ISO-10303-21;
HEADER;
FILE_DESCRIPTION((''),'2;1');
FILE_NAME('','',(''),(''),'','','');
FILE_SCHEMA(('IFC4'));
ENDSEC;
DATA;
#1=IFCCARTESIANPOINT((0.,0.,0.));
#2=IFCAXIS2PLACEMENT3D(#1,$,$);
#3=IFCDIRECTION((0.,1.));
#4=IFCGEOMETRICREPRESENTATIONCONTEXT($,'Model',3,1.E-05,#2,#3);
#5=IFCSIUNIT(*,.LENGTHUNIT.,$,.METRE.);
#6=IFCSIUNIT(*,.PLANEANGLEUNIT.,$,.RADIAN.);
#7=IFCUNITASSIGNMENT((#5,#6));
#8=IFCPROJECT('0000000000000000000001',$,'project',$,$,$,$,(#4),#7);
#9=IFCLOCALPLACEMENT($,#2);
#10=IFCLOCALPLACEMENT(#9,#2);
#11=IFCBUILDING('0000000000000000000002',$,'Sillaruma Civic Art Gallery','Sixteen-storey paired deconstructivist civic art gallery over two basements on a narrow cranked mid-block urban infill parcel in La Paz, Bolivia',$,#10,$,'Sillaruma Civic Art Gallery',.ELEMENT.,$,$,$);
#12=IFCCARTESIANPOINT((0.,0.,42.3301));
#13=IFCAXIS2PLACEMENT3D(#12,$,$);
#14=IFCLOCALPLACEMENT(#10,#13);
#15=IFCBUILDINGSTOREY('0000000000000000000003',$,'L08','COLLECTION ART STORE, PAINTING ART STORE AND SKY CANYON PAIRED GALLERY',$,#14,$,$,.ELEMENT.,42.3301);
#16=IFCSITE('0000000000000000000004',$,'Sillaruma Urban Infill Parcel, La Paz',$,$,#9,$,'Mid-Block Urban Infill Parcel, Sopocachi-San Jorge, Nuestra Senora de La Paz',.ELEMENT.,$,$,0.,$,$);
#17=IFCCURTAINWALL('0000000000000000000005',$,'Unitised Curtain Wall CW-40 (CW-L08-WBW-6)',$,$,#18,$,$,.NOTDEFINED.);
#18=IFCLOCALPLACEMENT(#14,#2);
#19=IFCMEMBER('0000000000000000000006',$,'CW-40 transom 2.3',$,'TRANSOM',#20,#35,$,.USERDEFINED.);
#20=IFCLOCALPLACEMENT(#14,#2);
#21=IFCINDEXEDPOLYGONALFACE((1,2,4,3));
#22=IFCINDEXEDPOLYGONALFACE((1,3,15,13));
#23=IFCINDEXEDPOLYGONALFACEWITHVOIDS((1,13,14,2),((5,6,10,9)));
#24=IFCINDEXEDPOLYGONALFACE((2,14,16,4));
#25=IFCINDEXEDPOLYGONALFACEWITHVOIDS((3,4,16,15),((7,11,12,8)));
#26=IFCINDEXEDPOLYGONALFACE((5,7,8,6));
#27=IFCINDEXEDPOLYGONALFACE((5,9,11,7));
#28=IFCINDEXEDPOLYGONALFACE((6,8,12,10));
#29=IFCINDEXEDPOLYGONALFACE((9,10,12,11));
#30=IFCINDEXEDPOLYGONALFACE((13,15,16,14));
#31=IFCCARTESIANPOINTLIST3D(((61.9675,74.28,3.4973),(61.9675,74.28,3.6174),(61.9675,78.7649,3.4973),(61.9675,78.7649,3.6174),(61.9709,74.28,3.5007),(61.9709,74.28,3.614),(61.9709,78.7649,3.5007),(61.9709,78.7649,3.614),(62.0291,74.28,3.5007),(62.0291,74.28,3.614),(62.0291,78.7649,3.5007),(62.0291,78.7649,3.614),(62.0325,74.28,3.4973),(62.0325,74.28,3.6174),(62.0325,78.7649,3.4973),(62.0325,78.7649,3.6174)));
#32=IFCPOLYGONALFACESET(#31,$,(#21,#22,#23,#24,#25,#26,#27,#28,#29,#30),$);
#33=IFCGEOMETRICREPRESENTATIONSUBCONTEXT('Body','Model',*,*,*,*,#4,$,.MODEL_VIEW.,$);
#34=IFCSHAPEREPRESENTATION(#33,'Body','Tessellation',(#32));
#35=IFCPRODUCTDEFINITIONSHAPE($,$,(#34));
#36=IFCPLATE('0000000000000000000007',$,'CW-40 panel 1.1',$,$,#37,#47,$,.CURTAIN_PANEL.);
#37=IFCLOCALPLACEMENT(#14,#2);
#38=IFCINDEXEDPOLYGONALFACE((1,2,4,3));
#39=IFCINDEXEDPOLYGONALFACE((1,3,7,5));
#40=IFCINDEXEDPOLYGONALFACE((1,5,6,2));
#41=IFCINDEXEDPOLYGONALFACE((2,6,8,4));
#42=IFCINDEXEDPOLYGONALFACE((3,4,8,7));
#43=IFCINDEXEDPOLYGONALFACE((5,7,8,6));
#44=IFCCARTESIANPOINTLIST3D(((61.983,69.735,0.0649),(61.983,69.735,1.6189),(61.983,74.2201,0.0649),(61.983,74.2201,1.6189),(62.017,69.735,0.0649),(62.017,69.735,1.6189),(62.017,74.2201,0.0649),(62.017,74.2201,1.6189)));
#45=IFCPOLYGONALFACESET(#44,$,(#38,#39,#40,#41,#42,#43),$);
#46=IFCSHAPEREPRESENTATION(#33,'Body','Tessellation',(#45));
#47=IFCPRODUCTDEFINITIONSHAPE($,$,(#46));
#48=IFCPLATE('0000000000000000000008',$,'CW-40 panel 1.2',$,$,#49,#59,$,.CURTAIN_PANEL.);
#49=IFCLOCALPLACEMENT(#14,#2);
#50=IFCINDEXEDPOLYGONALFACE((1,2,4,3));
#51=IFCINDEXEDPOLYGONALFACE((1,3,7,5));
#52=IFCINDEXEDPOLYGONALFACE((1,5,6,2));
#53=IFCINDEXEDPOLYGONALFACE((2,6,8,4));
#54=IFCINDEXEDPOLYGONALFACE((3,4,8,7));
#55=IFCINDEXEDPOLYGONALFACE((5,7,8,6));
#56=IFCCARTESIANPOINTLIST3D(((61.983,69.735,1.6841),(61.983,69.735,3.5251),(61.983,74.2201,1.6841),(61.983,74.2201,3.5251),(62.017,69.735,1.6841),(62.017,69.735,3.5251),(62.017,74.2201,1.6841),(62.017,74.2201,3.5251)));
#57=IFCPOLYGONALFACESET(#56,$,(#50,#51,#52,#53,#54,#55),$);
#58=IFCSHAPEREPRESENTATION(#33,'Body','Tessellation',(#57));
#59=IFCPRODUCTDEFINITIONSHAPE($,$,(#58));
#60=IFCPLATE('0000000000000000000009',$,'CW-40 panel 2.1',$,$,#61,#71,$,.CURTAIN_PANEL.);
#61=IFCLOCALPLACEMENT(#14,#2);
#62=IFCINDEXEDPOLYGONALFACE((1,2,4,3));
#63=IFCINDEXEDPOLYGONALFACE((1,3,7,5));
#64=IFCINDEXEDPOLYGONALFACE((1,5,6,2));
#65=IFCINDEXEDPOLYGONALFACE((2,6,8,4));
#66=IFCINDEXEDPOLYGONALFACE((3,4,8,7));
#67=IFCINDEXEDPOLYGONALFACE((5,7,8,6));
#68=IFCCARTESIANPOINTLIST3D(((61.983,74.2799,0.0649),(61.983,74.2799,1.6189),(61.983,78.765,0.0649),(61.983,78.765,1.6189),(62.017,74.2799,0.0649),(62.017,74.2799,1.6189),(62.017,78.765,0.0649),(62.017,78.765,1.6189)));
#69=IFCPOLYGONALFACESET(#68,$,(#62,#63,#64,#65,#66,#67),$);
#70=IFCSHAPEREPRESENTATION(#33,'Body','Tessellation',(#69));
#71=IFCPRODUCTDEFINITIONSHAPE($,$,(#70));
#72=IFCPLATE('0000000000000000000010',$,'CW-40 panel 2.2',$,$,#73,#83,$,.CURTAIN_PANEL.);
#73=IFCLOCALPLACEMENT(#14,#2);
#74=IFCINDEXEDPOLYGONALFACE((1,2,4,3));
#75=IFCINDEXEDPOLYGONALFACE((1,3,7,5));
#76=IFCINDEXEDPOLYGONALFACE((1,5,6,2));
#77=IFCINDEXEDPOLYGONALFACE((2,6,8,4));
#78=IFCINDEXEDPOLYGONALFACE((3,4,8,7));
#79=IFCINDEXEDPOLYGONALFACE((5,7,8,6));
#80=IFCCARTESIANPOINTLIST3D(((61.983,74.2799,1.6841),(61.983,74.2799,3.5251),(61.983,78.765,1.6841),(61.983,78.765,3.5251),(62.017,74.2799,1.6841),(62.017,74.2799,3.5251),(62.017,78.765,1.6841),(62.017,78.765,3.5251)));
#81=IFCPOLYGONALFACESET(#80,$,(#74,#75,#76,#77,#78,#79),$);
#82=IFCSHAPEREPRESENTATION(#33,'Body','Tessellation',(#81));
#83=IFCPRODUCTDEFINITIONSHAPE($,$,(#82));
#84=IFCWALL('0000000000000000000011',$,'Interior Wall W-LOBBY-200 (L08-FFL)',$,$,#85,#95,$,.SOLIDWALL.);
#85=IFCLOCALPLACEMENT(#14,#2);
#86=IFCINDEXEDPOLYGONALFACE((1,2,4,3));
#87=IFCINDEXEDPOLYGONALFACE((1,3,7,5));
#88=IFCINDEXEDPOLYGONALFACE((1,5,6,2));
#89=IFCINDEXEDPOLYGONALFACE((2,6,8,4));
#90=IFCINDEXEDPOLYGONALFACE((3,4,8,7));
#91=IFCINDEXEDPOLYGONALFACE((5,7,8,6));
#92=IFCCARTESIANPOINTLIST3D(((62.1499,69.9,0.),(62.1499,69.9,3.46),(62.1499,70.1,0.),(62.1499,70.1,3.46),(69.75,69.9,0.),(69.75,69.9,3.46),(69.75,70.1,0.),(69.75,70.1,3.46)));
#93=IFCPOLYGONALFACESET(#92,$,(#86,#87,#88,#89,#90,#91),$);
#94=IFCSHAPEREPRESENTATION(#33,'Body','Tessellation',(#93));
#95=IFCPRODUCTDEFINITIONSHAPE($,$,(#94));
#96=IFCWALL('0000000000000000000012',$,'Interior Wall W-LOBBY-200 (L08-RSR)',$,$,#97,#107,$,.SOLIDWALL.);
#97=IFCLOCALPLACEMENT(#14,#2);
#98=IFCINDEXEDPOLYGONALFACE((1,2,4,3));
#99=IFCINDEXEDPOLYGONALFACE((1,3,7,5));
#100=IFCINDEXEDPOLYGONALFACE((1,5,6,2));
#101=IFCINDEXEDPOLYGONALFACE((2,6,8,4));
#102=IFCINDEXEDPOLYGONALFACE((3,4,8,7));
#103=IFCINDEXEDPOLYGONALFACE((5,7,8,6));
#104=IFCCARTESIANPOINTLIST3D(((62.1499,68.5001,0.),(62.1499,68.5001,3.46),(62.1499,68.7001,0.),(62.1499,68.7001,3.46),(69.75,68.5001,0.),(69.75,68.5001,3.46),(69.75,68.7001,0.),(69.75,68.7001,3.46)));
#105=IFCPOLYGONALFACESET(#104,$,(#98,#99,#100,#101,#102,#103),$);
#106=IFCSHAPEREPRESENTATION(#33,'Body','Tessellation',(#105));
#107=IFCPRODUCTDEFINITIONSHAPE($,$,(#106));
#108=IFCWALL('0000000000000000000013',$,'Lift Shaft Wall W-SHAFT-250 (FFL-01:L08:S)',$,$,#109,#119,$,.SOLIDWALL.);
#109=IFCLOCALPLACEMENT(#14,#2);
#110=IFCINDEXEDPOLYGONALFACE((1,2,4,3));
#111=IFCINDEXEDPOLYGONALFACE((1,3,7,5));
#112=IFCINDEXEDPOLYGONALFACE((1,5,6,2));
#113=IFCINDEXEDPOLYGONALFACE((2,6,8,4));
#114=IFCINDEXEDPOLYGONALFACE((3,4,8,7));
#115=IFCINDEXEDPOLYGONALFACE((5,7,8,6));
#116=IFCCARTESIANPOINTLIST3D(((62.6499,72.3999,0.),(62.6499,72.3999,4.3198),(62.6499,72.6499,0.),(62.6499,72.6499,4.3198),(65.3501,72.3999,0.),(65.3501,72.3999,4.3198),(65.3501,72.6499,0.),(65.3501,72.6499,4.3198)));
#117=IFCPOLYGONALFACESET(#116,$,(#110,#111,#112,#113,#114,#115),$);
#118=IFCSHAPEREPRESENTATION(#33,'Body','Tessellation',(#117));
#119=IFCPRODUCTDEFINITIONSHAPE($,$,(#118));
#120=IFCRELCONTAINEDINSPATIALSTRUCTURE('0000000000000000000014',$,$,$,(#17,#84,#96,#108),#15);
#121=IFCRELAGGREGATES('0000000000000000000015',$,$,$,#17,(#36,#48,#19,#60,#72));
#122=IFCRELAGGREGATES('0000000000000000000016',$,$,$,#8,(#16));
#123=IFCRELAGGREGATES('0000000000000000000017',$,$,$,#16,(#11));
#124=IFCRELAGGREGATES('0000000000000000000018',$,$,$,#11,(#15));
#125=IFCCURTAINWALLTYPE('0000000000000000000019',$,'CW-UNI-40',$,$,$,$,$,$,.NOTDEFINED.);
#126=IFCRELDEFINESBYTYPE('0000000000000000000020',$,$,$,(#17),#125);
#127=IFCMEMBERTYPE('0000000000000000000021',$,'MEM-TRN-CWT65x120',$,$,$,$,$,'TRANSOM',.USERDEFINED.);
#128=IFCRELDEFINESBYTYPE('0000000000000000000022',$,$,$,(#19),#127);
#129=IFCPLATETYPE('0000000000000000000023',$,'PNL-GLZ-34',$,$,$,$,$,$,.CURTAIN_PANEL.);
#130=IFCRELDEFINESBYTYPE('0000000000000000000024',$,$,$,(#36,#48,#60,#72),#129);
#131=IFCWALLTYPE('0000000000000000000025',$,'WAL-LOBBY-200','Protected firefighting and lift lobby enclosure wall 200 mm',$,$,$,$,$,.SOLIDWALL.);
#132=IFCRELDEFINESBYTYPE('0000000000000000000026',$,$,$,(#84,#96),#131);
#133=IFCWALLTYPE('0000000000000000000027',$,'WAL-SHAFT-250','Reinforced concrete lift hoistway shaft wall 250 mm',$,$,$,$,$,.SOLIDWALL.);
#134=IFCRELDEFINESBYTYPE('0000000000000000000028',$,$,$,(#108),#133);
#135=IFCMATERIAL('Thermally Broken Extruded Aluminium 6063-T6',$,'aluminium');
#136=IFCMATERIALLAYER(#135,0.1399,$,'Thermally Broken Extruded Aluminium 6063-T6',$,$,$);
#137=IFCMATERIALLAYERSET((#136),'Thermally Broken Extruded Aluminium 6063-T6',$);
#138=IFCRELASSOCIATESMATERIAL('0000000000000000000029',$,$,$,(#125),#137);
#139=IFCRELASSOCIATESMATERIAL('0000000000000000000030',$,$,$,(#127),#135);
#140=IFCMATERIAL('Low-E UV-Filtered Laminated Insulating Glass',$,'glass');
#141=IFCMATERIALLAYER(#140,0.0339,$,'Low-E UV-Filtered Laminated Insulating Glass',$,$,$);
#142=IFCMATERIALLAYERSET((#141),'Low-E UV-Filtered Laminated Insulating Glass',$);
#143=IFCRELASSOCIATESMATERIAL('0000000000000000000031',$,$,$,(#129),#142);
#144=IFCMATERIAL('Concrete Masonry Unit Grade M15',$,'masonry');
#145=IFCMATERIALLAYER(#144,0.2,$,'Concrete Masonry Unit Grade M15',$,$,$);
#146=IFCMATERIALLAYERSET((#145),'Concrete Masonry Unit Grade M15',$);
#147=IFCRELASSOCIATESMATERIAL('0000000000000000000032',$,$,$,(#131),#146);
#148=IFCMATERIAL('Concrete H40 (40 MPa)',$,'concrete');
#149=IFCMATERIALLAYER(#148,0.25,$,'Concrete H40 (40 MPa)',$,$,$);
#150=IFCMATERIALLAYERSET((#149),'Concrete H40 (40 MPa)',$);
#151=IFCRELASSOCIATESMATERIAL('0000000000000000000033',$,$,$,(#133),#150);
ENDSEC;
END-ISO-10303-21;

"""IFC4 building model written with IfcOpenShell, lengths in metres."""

from ifc_helpers import new_model, si_unit, direction, frame, frame_2d, origin, origin_2d, place, context, subcontext, project, spatial, rectangle, hollow_rectangle, extrude, material, layer, layer_set, material_profile, profile_set, type_object, element, aggregate, save


model = new_model("IFC4")

# Units and contexts
model_context = context("Model", 3, precision=1e-05, world=origin(), true_north=direction((0.0, 1.0)))
body_context = subcontext(model_context, "Body", "Model", "MODEL_VIEW")
ifc_project = project(units=[si_unit("LENGTHUNIT", "METRE"), si_unit("PLANEANGLEUNIT", "RADIAN")], contexts=[model_context])

# Site, building, storey
site_placement = place(None, origin())
site = spatial("IfcSite", under=ifc_project, at=site_placement, Name="Sillaruma Urban Infill Parcel, La Paz", LongName="Mid-Block Urban Infill Parcel, Sopocachi-San Jorge, Nuestra Senora de La Paz", CompositionType="ELEMENT", RefElevation=0.0)
building_placement = place(site_placement, origin())
building = spatial("IfcBuilding", under=site, at=building_placement, Name="Sillaruma Civic Art Gallery", Description="Sixteen-storey paired deconstructivist civic art gallery over two basements on a narrow cranked mid-block urban infill parcel in La Paz, Bolivia", LongName="Sillaruma Civic Art Gallery", CompositionType="ELEMENT")
storey_placement = place(building_placement, frame((0.0, 0.0, 42.3301)))
storey = spatial("IfcBuildingStorey", under=building, at=storey_placement, Name="L08", Description="COLLECTION ART STORE, PAINTING ART STORE AND SKY CANYON PAIRED GALLERY", CompositionType="ELEMENT", Elevation=42.3301)

# Shared definitions
ifc_material_1 = material(Name="Concrete H40 (40 MPa)", Category="concrete")

# Curtain wall
ifc_material_2 = material(Name="Thermally Broken Extruded Aluminium 6063-T6", Category="aluminium")
ifc_layer_1 = layer(ifc_material_2, 0.1399, Name="Thermally Broken Extruded Aluminium 6063-T6")
ifc_layer_set_1 = layer_set([ifc_layer_1], Name="Thermally Broken Extruded Aluminium 6063-T6")
curtain_wall_type_1 = type_object("IfcCurtainWallType", Name="CW-UNI-40", PredefinedType="NOTDEFINED", material=ifc_layer_set_1)
curtain_wall_1_placement = place(storey_placement, origin())
curtain_wall_1 = element("IfcCurtainWall", 1, at=curtain_wall_1_placement, inside=storey, type_object=curtain_wall_type_1, Name="Unitised Curtain Wall CW-40 (CW-L08-WBW-6)", PredefinedType="NOTDEFINED")

# Member
ifc_material_profile_1 = material_profile(ifc_material_2, hollow_rectangle(XDim=0.0649, YDim=0.1201, WallThickness=0.0034, at=origin_2d()), Name="CWT65x120")
ifc_profile_set_1 = profile_set([ifc_material_profile_1], Name="Thermally Broken Extruded Aluminium 6063-T6")
member_type_1 = type_object("IfcMemberType", Name="MEM-TRN-CWT65x120", ElementType="TRANSOM", PredefinedType="USERDEFINED", material=ifc_profile_set_1)
member_1_placement = place(storey_placement, frame((62.0, 74.28, 3.5574), z_axis=(0.0, 1.0, 0.0), x_axis=(-1.0, 0.0, 0.0)))
member_1 = element("IfcMember", 2, at=member_1_placement, type_object=member_type_1, Name="CW-40 transom 2.3", ObjectType="TRANSOM", PredefinedType="USERDEFINED", context=body_context, shape_type="SweptSolid", body=[
    extrude(hollow_rectangle(XDim=0.0649, YDim=0.1201, WallThickness=0.0034, at=origin_2d()), origin(), (0.0, 0.0, 1.0), 4.4849),
])

# Plates
ifc_material_3 = material(Name="Low-E UV-Filtered Laminated Insulating Glass", Category="glass")
ifc_layer_2 = layer(ifc_material_3, 0.0339, Name="Low-E UV-Filtered Laminated Insulating Glass")
ifc_layer_set_2 = layer_set([ifc_layer_2], Name="Low-E UV-Filtered Laminated Insulating Glass")
plate_type = type_object("IfcPlateType", Name="PNL-GLZ-34", PredefinedType="CURTAIN_PANEL", material=ifc_layer_set_2)
plate_1_placement = place(storey_placement, frame((62.0, 71.9775, 0.0649), z_axis=(0.0, 0.0, 1.0), x_axis=(0.0, 1.0, 0.0)))
plate_1 = element("IfcPlate", 3, at=plate_1_placement, type_object=plate_type, Name="CW-40 panel 1.1", PredefinedType="CURTAIN_PANEL", context=body_context, shape_type="SweptSolid", body=[
    extrude(rectangle(XDim=4.4851, YDim=0.0339, at=origin_2d()), origin(), (0.0, 0.0, 1.0), 1.554),
])
plate_2_placement = place(storey_placement, frame((62.0, 71.9775, 1.6841), z_axis=(0.0, 0.0, 1.0), x_axis=(0.0, 1.0, 0.0)))
plate_2 = element("IfcPlate", 4, at=plate_2_placement, type_object=plate_type, Name="CW-40 panel 1.2", PredefinedType="CURTAIN_PANEL", context=body_context, shape_type="SweptSolid", body=[
    extrude(rectangle(XDim=4.4851, YDim=0.0339, at=origin_2d()), origin(), (0.0, 0.0, 1.0), 1.8411),
])
plate_3_placement = place(storey_placement, frame((62.0, 76.5225, 0.0649), z_axis=(0.0, 0.0, 1.0), x_axis=(0.0, 1.0, 0.0)))
plate_3 = element("IfcPlate", 5, at=plate_3_placement, type_object=plate_type, Name="CW-40 panel 2.1", PredefinedType="CURTAIN_PANEL", context=body_context, shape_type="SweptSolid", body=[
    extrude(rectangle(XDim=4.4851, YDim=0.0339, at=origin_2d()), origin(), (0.0, 0.0, 1.0), 1.554),
])
plate_4_placement = place(storey_placement, frame((62.0, 76.5225, 1.6841), z_axis=(0.0, 0.0, 1.0), x_axis=(0.0, 1.0, 0.0)))
plate_4 = element("IfcPlate", 6, at=plate_4_placement, type_object=plate_type, Name="CW-40 panel 2.2", PredefinedType="CURTAIN_PANEL", context=body_context, shape_type="SweptSolid", body=[
    extrude(rectangle(XDim=4.4851, YDim=0.0339, at=origin_2d()), origin(), (0.0, 0.0, 1.0), 1.8411),
])
aggregate(curtain_wall_1, [plate_1, plate_2, member_1, plate_3, plate_4])

# Walls
ifc_material_4 = material(Name="Concrete Masonry Unit Grade M15", Category="masonry")
ifc_layer_3 = layer(ifc_material_4, 0.2, Name="Concrete Masonry Unit Grade M15")
ifc_layer_set_3 = layer_set([ifc_layer_3], Name="Concrete Masonry Unit Grade M15")
wall_type_1 = type_object("IfcWallType", Name="WAL-LOBBY-200", Description="Protected firefighting and lift lobby enclosure wall 200 mm", PredefinedType="SOLIDWALL", material=ifc_layer_set_3)
for number, where, z_axis, x_axis, name in (
    (7, (62.1499, 70.0, 0.0), (0.0, 0.0, 1.0), (1.0, 0.0, 0.0), "Interior Wall W-LOBBY-200 (L08-FFL)"),
    (8, (62.1499, 68.6001, 0.0), (0.0, 0.0, 1.0), (1.0, 0.0, 0.0), "Interior Wall W-LOBBY-200 (L08-RSR)"),
):
    element("IfcWall", number, at=place(storey_placement, frame(where, z_axis=z_axis, x_axis=x_axis)), inside=storey, type_object=wall_type_1, Name=name, PredefinedType="SOLIDWALL", context=body_context, shape_type="SweptSolid", body=[
        extrude(rectangle(XDim=7.6001, YDim=0.2, at=frame_2d((3.8, 0.0))), origin(), (0.0, 0.0, 1.0), 3.46),
    ])
ifc_layer_4 = layer(ifc_material_1, 0.25, Name="Concrete H40 (40 MPa)")
ifc_layer_set_4 = layer_set([ifc_layer_4], Name="Concrete H40 (40 MPa)")
wall_type_2 = type_object("IfcWallType", Name="WAL-SHAFT-250", Description="Reinforced concrete lift hoistway shaft wall 250 mm", PredefinedType="SOLIDWALL", material=ifc_layer_set_4)
wall_placement = place(storey_placement, frame((62.6499, 72.5249, 0.0), z_axis=(0.0, 0.0, 1.0), x_axis=(1.0, 0.0, 0.0)))
element("IfcWall", 9, at=wall_placement, inside=storey, type_object=wall_type_2, Name="Lift Shaft Wall W-SHAFT-250 (FFL-01:L08:S)", PredefinedType="SOLIDWALL", context=body_context, shape_type="SweptSolid", body=[
    extrude(rectangle(XDim=2.7002, YDim=0.25, at=frame_2d((1.3501, 0.0))), origin(), (0.0, 0.0, 1.0), 4.3198),
])

save(model, "model.ifc")
